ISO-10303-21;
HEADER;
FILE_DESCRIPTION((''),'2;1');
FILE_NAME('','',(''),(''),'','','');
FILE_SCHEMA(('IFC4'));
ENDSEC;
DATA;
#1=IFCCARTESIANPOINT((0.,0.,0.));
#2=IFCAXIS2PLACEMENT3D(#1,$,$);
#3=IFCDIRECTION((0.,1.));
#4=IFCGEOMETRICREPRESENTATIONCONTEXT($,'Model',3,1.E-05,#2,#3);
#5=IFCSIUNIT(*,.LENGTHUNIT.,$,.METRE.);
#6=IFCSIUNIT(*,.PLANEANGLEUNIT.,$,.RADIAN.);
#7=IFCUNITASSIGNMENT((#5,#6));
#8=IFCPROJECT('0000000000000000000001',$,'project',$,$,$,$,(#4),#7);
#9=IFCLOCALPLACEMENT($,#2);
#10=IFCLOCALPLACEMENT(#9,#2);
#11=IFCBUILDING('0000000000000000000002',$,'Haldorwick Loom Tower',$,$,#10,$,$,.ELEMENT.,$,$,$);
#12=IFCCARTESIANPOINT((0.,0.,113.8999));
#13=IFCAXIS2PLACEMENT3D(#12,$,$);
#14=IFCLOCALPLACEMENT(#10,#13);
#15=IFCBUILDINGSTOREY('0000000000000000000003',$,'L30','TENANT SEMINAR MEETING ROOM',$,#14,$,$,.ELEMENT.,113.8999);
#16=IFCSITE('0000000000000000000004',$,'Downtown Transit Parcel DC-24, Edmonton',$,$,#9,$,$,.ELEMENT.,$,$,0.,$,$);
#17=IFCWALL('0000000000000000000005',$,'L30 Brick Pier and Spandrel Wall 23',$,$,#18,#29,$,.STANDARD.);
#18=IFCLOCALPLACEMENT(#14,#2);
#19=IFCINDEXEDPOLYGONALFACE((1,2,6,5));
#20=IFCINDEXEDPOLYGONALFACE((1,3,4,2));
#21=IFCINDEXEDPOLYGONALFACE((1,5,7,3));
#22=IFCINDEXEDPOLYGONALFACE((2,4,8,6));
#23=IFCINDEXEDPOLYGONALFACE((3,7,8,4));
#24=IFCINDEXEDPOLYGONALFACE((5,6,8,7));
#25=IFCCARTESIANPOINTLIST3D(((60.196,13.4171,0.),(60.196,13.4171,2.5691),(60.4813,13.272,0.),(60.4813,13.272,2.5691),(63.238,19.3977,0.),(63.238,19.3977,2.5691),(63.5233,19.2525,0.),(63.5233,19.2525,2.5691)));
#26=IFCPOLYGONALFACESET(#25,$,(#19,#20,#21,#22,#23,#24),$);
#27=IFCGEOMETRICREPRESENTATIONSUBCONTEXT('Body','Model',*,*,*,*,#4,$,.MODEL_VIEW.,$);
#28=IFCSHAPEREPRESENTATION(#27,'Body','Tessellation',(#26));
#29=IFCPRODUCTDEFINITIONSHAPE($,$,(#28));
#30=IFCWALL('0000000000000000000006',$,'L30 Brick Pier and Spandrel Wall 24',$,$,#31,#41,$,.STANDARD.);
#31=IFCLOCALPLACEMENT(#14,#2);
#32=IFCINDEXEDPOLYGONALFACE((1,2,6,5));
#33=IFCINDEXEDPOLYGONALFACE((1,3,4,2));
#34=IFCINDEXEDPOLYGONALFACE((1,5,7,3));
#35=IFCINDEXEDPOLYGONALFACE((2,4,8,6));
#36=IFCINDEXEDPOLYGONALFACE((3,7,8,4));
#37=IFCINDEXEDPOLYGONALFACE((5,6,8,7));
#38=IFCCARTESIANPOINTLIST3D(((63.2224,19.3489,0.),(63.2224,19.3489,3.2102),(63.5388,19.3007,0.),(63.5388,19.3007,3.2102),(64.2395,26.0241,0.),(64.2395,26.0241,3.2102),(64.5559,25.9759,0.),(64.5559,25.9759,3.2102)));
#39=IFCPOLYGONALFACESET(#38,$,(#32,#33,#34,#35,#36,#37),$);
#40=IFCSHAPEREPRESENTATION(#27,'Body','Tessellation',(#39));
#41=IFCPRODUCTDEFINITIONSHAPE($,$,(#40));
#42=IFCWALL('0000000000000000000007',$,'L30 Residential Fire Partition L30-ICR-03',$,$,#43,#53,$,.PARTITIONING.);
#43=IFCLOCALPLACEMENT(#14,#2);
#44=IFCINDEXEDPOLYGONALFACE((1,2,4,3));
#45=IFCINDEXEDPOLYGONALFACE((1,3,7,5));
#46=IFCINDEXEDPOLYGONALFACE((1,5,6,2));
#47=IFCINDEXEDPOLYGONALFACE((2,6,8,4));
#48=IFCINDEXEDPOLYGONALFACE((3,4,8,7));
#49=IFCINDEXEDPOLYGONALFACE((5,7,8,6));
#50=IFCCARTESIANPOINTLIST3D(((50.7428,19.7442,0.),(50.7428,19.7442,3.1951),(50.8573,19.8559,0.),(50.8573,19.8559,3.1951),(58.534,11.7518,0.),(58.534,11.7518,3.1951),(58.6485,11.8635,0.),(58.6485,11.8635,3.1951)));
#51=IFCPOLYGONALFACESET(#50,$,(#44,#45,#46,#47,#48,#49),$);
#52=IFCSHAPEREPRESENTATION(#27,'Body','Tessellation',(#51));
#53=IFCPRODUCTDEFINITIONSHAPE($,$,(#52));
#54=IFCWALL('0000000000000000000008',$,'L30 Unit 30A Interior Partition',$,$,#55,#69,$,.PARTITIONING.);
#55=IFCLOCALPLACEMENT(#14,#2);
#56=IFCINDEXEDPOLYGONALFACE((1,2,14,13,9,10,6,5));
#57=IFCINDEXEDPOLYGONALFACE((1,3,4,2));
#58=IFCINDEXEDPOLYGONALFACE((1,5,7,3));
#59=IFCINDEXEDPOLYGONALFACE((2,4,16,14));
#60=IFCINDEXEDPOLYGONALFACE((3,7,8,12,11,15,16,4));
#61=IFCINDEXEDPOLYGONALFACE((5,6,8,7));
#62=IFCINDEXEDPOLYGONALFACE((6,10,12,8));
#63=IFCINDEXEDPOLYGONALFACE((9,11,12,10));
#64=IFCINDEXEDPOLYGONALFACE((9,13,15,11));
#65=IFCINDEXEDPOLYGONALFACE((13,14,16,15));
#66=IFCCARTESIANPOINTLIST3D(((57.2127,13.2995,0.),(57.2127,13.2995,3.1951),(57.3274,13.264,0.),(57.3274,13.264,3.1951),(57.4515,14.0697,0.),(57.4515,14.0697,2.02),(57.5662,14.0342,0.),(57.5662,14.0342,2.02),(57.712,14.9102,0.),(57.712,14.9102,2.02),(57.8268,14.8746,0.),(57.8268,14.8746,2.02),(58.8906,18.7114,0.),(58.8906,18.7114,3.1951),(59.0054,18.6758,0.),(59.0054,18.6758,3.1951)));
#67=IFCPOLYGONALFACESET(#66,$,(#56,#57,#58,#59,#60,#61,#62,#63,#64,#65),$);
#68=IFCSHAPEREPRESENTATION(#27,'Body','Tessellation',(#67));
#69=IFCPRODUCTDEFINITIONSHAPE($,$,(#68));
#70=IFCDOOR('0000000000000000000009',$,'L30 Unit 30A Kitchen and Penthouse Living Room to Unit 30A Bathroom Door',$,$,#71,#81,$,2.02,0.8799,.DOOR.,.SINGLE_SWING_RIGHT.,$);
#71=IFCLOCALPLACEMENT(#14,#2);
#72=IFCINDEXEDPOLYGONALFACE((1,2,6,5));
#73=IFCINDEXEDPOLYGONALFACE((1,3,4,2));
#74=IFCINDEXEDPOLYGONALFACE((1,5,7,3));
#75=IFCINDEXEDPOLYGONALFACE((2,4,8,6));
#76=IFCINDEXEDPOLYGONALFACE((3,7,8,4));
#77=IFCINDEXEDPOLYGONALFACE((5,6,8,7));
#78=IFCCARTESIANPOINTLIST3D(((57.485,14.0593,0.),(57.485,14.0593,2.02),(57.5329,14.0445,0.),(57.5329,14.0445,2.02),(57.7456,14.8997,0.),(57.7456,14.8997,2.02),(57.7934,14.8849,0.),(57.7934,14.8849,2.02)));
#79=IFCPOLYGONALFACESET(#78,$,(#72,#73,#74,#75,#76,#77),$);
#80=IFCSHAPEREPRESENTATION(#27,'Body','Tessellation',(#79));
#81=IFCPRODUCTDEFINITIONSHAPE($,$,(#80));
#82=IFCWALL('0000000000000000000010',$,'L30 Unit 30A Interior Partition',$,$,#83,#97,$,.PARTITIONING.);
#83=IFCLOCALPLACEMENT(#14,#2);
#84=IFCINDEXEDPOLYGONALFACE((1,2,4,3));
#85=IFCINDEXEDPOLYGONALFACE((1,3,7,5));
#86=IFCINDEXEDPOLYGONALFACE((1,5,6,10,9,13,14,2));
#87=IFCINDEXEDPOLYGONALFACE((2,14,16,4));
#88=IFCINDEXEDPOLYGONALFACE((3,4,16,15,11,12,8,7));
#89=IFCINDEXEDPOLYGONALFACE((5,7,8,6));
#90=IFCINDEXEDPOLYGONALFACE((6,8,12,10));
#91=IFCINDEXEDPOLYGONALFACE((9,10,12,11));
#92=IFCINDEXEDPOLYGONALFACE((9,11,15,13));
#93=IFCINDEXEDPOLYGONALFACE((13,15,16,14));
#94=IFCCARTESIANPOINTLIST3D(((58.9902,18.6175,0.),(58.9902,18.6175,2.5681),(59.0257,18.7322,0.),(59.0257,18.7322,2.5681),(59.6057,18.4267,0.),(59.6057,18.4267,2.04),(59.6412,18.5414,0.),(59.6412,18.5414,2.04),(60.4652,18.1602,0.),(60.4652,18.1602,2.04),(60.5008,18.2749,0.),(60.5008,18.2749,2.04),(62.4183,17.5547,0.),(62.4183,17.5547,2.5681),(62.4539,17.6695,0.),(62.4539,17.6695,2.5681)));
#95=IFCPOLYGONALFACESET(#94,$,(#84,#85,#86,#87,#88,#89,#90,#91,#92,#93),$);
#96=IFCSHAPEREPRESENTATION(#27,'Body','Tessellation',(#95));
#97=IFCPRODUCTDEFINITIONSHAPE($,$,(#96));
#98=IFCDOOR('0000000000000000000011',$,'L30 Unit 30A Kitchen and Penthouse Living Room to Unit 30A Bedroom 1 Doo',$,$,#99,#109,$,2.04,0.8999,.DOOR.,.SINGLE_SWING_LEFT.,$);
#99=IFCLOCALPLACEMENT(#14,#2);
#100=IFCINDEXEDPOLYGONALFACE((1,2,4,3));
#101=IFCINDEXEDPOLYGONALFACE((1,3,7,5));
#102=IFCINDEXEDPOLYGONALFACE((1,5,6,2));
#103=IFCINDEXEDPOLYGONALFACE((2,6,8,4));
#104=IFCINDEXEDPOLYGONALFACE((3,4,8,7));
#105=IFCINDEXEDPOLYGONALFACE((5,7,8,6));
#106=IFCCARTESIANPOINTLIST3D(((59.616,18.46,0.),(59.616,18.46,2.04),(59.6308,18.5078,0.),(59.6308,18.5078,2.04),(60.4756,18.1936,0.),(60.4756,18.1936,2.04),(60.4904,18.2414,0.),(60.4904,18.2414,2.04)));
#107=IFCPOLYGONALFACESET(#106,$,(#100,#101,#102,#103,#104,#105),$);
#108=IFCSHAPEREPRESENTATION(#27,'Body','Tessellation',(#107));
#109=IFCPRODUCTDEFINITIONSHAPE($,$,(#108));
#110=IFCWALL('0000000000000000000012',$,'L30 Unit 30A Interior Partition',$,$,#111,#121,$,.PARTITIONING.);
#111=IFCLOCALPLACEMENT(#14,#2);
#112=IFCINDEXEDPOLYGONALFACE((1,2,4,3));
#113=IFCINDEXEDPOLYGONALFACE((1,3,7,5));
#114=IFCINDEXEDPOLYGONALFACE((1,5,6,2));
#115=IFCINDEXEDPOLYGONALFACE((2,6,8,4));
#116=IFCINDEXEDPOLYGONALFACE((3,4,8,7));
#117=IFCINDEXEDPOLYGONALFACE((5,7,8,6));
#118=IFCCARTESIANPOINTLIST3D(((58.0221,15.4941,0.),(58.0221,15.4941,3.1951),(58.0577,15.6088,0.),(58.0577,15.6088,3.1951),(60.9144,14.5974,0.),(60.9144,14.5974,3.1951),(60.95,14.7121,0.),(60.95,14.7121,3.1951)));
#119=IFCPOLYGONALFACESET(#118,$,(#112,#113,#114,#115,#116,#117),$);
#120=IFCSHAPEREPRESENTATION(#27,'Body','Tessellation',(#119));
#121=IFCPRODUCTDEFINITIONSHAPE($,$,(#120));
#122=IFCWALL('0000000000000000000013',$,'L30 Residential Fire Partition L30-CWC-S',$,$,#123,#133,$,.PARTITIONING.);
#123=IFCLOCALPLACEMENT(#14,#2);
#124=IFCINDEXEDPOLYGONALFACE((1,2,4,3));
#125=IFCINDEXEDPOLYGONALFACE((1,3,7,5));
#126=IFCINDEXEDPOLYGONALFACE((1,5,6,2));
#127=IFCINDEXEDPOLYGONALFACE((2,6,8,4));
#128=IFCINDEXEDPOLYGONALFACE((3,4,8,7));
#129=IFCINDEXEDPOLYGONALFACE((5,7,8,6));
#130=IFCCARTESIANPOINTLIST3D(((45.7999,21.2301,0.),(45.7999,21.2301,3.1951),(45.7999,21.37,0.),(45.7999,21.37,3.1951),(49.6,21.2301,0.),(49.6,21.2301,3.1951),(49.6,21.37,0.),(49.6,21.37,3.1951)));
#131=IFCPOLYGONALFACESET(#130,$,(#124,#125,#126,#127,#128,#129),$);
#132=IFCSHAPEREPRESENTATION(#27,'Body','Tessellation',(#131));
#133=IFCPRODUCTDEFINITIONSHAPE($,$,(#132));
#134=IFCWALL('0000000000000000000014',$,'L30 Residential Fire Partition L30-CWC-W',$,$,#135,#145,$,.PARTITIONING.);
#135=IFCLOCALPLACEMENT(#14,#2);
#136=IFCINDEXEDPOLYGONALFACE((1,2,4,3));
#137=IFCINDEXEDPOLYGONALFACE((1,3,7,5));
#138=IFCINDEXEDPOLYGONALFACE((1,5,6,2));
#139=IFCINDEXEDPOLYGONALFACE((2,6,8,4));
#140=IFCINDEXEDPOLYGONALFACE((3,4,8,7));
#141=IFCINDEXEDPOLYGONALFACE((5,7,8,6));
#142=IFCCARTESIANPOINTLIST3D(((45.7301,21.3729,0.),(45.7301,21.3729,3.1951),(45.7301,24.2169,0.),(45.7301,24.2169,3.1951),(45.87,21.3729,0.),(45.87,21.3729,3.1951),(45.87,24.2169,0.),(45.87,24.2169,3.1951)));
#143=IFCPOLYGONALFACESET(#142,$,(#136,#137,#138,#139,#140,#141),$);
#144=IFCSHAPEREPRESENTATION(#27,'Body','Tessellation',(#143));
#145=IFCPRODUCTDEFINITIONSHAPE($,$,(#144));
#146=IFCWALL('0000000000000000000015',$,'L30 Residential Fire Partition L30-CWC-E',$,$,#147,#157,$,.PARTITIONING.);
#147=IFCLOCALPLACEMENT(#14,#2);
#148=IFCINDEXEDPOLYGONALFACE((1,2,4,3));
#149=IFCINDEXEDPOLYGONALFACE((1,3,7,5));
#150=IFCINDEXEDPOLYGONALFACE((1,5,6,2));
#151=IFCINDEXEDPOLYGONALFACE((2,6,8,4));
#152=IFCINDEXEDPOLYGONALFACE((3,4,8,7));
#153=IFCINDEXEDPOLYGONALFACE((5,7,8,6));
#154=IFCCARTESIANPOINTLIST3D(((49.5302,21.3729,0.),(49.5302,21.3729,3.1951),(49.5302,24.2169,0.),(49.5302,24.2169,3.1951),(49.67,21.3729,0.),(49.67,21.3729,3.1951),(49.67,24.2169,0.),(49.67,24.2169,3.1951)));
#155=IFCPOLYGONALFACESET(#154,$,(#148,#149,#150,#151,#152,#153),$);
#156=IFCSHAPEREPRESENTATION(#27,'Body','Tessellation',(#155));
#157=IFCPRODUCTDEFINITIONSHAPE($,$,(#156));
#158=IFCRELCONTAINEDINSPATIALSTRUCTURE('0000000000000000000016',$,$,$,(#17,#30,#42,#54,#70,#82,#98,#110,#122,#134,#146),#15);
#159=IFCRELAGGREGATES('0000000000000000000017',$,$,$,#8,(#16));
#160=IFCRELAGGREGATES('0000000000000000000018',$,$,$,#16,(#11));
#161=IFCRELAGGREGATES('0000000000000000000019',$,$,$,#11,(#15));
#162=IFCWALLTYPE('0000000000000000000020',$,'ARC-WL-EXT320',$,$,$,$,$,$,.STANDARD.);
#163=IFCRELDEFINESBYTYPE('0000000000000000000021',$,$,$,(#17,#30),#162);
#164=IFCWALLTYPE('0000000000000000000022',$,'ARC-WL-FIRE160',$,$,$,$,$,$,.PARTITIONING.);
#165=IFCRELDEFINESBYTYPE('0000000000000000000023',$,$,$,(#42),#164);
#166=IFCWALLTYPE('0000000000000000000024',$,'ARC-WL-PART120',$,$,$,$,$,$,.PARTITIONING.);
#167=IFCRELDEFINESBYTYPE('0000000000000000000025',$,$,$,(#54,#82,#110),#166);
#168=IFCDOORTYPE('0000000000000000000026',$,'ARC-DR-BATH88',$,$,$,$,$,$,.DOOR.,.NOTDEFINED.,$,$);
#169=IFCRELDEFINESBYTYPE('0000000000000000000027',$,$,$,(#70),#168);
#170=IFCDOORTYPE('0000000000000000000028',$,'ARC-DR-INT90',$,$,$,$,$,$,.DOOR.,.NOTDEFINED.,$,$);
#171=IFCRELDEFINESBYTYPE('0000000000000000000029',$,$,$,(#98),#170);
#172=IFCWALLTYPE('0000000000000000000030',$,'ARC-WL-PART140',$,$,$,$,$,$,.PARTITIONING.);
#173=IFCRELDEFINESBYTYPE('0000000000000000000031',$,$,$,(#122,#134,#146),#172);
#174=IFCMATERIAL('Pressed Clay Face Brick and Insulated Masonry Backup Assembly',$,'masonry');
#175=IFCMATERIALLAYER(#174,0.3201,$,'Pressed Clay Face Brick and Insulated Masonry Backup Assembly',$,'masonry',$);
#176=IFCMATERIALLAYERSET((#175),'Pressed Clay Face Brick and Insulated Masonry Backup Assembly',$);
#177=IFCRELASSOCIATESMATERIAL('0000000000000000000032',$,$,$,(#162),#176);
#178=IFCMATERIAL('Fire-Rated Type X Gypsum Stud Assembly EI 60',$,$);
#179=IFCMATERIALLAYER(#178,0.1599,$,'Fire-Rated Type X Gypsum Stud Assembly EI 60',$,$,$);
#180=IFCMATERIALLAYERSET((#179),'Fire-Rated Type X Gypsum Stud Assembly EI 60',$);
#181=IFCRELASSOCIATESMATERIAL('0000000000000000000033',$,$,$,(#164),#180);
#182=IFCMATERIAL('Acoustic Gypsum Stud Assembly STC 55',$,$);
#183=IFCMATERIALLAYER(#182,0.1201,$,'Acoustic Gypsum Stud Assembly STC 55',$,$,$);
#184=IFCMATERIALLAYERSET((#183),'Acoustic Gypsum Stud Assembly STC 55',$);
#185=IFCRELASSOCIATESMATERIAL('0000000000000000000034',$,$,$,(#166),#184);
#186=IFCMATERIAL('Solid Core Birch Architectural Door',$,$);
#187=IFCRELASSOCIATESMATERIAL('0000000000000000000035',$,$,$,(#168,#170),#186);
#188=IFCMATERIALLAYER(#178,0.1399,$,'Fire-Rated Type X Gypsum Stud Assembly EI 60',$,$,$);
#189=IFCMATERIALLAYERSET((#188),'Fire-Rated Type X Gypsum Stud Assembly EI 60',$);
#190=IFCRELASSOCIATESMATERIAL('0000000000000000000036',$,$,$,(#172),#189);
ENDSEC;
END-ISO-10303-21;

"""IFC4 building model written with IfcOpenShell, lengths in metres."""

from ifc_helpers import new_model, si_unit, direction, frame, frame_2d, origin, place, context, subcontext, project, spatial, rectangle, extrude, material, layer, layer_set, type_object, element, fill, save


model = new_model("IFC4")

# Units and contexts
model_context = context("Model", 3, precision=1e-05, world=origin(), true_north=direction((0.0, 1.0)))
body_context = subcontext(model_context, "Body", "Model", "MODEL_VIEW")
ifc_project = project(units=[si_unit("LENGTHUNIT", "METRE"), si_unit("PLANEANGLEUNIT", "RADIAN")], contexts=[model_context])

# Site, building, storey
site_placement = place(None, origin())
site = spatial("IfcSite", under=ifc_project, at=site_placement, Name="Downtown Transit Parcel DC-24, Edmonton", CompositionType="ELEMENT", RefElevation=0.0)
building_placement = place(site_placement, origin())
building = spatial("IfcBuilding", under=site, at=building_placement, Name="Haldorwick Loom Tower", CompositionType="ELEMENT")
storey_placement = place(building_placement, frame((0.0, 0.0, 113.8999)))
storey = spatial("IfcBuildingStorey", under=building, at=storey_placement, Name="L30", Description="TENANT SEMINAR MEETING ROOM", CompositionType="ELEMENT", Elevation=113.8999)

# Shared definitions
ifc_material_1 = material(Name="Pressed Clay Face Brick and Insulated Masonry Backup Assembly", Category="masonry")
ifc_layer_1 = layer(ifc_material_1, 0.3201, Name="Pressed Clay Face Brick and Insulated Masonry Backup Assembly", Category="masonry")
ifc_layer_set_1 = layer_set([ifc_layer_1], Name="Pressed Clay Face Brick and Insulated Masonry Backup Assembly")
wall_type_1 = type_object("IfcWallType", Name="ARC-WL-EXT320", PredefinedType="STANDARD", material=ifc_layer_set_1)

# Walls
wall_1_placement = place(storey_placement, frame((60.3386, 13.3445, 0.0), z_axis=(0.0, 0.0, 1.0), x_axis=(0.453374, 0.89132, 0.0)))
element("IfcWall", 1, at=wall_1_placement, inside=storey, type_object=wall_type_1, Name="L30 Brick Pier and Spandrel Wall 23", PredefinedType="STANDARD", context=body_context, shape_type="SweptSolid", body=[
    extrude(rectangle(XDim=6.7097, YDim=0.3201, at=frame_2d((3.355, 0.0))), origin(), (0.0, 0.0, 1.0), 2.5691),
])
wall_2_placement = place(storey_placement, frame((63.3806, 19.325, 0.0), z_axis=(0.0, 0.0, 1.0), x_axis=(0.150633, 0.98859, 0.0)))
element("IfcWall", 2, at=wall_2_placement, inside=storey, type_object=wall_type_1, Name="L30 Brick Pier and Spandrel Wall 24", PredefinedType="STANDARD", context=body_context, shape_type="SweptSolid", body=[
    extrude(rectangle(XDim=6.7522, YDim=0.3201, at=frame_2d((3.376, 0.0))), origin(), (0.0, 0.0, 1.0), 3.2102),
])
ifc_material_2 = material(Name="Fire-Rated Type X Gypsum Stud Assembly EI 60")
ifc_layer_2 = layer(ifc_material_2, 0.1599, Name="Fire-Rated Type X Gypsum Stud Assembly EI 60")
ifc_layer_set_2 = layer_set([ifc_layer_2], Name="Fire-Rated Type X Gypsum Stud Assembly EI 60")
wall_type_2 = type_object("IfcWallType", Name="ARC-WL-FIRE160", PredefinedType="PARTITIONING", material=ifc_layer_set_2)
wall_3_placement = place(storey_placement, frame((50.8, 19.8, 0.0), z_axis=(0.0, 0.0, 1.0), x_axis=(0.698038, -0.716061, 0.0)))
element("IfcWall", 3, at=wall_3_placement, inside=storey, type_object=wall_type_2, Name="L30 Residential Fire Partition L30-ICR-03", PredefinedType="PARTITIONING", context=body_context, shape_type="SweptSolid", body=[
    extrude(rectangle(XDim=11.1616, YDim=0.1599, at=frame_2d((5.5808, 0.0))), origin(), (0.0, 0.0, 1.0), 3.1951),
])

# Walls, openings, doors
ifc_material_3 = material(Name="Acoustic Gypsum Stud Assembly STC 55")
ifc_layer_3 = layer(ifc_material_3, 0.1201, Name="Acoustic Gypsum Stud Assembly STC 55")
ifc_layer_set_3 = layer_set([ifc_layer_3], Name="Acoustic Gypsum Stud Assembly STC 55")
wall_type_3 = type_object("IfcWallType", Name="ARC-WL-PART120", PredefinedType="PARTITIONING", material=ifc_layer_set_3)
wall_4_placement = place(storey_placement, frame((57.27, 13.2817, 0.0), z_axis=(0.0, 0.0, 1.0), x_axis=(0.296147, 0.955142, 0.0)))
wall_4 = element("IfcWall", 4, at=wall_4_placement, inside=storey, type_object=wall_type_3, Name="L30 Unit 30A Interior Partition", PredefinedType="PARTITIONING", context=body_context, shape_type="SweptSolid", body=[
    extrude(rectangle(XDim=5.666, YDim=0.1201, at=frame_2d((2.833, 0.0))), origin(), (0.0, 0.0, 1.0), 3.1951),
])
opening_1_placement = place(wall_4_placement, frame((0.8064, 0.0, 0.0)))
opening_1 = element("IfcOpeningElement", 5, at=opening_1_placement, cuts=wall_4, PredefinedType="OPENING", context=body_context, shape_type="SweptSolid", body=[
    extrude(rectangle(XDim=0.8799, YDim=2.02, at=frame_2d((0.4399, 1.01))), frame((0.0, 0.0701, 0.0), z_axis=(0.0, -1.0, 0.0), x_axis=(1.0, 0.0, 0.0)), (0.0, 0.0, 1.0), 0.1401),
])
ifc_material_4 = material(Name="Solid Core Birch Architectural Door")
door_type_1 = type_object("IfcDoorType", Name="ARC-DR-BATH88", OperationType="NOTDEFINED", PredefinedType="DOOR", material=ifc_material_4)
door_1_placement = place(opening_1_placement, origin())
door_1 = element("IfcDoor", 6, at=door_1_placement, inside=storey, type_object=door_type_1, Name="L30 Unit 30A Kitchen and Penthouse Living Room to Unit 30A Bathroom Door", OperationType="SINGLE_SWING_RIGHT", OverallHeight=2.02, OverallWidth=0.8799, PredefinedType="DOOR", context=body_context, shape_type="SweptSolid", body=[
    extrude(rectangle(XDim=0.8799, YDim=2.02, at=frame_2d((0.4399, 1.01))), frame((0.0, 0.0249, 0.0), z_axis=(0.0, -1.0, 0.0), x_axis=(1.0, 0.0, 0.0)), (0.0, 0.0, 1.0), 0.05),
])
fill(opening_1, door_1)
wall_5_placement = place(storey_placement, frame((59.0081, 18.6748, 0.0), z_axis=(0.0, 0.0, 1.0), x_axis=(0.955158, -0.296098, 0.0)))
wall_5 = element("IfcWall", 7, at=wall_5_placement, inside=storey, type_object=wall_type_3, Name="L30 Unit 30A Interior Partition", PredefinedType="PARTITIONING", context=body_context, shape_type="SweptSolid", body=[
    extrude(rectangle(XDim=3.5891, YDim=0.1201, at=frame_2d((1.7944, 0.0))), origin(), (0.0, 0.0, 1.0), 2.5681),
])
opening_2_placement = place(wall_5_placement, frame((0.6443, 0.0, 0.0)))
opening_2 = element("IfcOpeningElement", 8, at=opening_2_placement, cuts=wall_5, PredefinedType="OPENING", context=body_context, shape_type="SweptSolid", body=[
    extrude(rectangle(XDim=0.8999, YDim=2.04, at=frame_2d((0.45, 1.02))), frame((0.0, 0.0701, 0.0), z_axis=(0.0, -1.0, 0.0), x_axis=(1.0, 0.0, 0.0)), (0.0, 0.0, 1.0), 0.1401),
])
door_type_2 = type_object("IfcDoorType", Name="ARC-DR-INT90", OperationType="NOTDEFINED", PredefinedType="DOOR", material=ifc_material_4)
door_2_placement = place(opening_2_placement, origin())
door_2 = element("IfcDoor", 9, at=door_2_placement, inside=storey, type_object=door_type_2, Name="L30 Unit 30A Kitchen and Penthouse Living Room to Unit 30A Bedroom 1 Doo", OperationType="SINGLE_SWING_LEFT", OverallHeight=2.04, OverallWidth=0.8999, PredefinedType="DOOR", context=body_context, shape_type="SweptSolid", body=[
    extrude(rectangle(XDim=0.8999, YDim=2.04, at=frame_2d((0.45, 1.02))), frame((0.0, 0.0249, 0.0), z_axis=(0.0, -1.0, 0.0), x_axis=(1.0, 0.0, 0.0)), (0.0, 0.0, 1.0), 0.05),
])
fill(opening_2, door_2)

# Walls
wall_6_placement = place(storey_placement, frame((58.0398, 15.5515, 0.0), z_axis=(0.0, 0.0, 1.0), x_axis=(0.955148, -0.29613, 0.0)))
element("IfcWall", 10, at=wall_6_placement, inside=storey, type_object=wall_type_3, Name="L30 Unit 30A Interior Partition", PredefinedType="PARTITIONING", context=body_context, shape_type="SweptSolid", body=[
    extrude(rectangle(XDim=3.0281, YDim=0.1201, at=frame_2d((1.5142, 0.0))), origin(), (0.0, 0.0, 1.0), 3.1951),
])
ifc_layer_4 = layer(ifc_material_2, 0.1399, Name="Fire-Rated Type X Gypsum Stud Assembly EI 60")
ifc_layer_set_4 = layer_set([ifc_layer_4], Name="Fire-Rated Type X Gypsum Stud Assembly EI 60")
wall_type_4 = type_object("IfcWallType", Name="ARC-WL-PART140", PredefinedType="PARTITIONING", material=ifc_layer_set_4)
wall_7_placement = place(storey_placement, frame((45.8, 21.3, 0.0), z_axis=(0.0, 0.0, 1.0), x_axis=(1.0, 0.0, 0.0)))
element("IfcWall", 11, at=wall_7_placement, inside=storey, type_object=wall_type_4, Name="L30 Residential Fire Partition L30-CWC-S", PredefinedType="PARTITIONING", context=body_context, shape_type="SweptSolid", body=[
    extrude(rectangle(XDim=3.8, YDim=0.1399, at=frame_2d((1.8999, 0.0))), origin(), (0.0, 0.0, 1.0), 3.1951),
])
for number, where, z_axis, x_axis, name in (
    (12, (45.8, 21.373, 0.0), (0.0, 0.0, 1.0), (0.0, 1.0, 0.0), "L30 Residential Fire Partition L30-CWC-W"),
    (13, (49.6001, 21.373, 0.0), (0.0, 0.0, 1.0), (0.0, 1.0, 0.0), "L30 Residential Fire Partition L30-CWC-E"),
):
    element("IfcWall", number, at=place(storey_placement, frame(where, z_axis=z_axis, x_axis=x_axis)), inside=storey, type_object=wall_type_4, Name=name, PredefinedType="PARTITIONING", context=body_context, shape_type="SweptSolid", body=[
        extrude(rectangle(XDim=2.844, YDim=0.1399, at=frame_2d((1.4219, 0.0))), origin(), (0.0, 0.0, 1.0), 3.1951),
    ])

save(model, "model.ifc")
